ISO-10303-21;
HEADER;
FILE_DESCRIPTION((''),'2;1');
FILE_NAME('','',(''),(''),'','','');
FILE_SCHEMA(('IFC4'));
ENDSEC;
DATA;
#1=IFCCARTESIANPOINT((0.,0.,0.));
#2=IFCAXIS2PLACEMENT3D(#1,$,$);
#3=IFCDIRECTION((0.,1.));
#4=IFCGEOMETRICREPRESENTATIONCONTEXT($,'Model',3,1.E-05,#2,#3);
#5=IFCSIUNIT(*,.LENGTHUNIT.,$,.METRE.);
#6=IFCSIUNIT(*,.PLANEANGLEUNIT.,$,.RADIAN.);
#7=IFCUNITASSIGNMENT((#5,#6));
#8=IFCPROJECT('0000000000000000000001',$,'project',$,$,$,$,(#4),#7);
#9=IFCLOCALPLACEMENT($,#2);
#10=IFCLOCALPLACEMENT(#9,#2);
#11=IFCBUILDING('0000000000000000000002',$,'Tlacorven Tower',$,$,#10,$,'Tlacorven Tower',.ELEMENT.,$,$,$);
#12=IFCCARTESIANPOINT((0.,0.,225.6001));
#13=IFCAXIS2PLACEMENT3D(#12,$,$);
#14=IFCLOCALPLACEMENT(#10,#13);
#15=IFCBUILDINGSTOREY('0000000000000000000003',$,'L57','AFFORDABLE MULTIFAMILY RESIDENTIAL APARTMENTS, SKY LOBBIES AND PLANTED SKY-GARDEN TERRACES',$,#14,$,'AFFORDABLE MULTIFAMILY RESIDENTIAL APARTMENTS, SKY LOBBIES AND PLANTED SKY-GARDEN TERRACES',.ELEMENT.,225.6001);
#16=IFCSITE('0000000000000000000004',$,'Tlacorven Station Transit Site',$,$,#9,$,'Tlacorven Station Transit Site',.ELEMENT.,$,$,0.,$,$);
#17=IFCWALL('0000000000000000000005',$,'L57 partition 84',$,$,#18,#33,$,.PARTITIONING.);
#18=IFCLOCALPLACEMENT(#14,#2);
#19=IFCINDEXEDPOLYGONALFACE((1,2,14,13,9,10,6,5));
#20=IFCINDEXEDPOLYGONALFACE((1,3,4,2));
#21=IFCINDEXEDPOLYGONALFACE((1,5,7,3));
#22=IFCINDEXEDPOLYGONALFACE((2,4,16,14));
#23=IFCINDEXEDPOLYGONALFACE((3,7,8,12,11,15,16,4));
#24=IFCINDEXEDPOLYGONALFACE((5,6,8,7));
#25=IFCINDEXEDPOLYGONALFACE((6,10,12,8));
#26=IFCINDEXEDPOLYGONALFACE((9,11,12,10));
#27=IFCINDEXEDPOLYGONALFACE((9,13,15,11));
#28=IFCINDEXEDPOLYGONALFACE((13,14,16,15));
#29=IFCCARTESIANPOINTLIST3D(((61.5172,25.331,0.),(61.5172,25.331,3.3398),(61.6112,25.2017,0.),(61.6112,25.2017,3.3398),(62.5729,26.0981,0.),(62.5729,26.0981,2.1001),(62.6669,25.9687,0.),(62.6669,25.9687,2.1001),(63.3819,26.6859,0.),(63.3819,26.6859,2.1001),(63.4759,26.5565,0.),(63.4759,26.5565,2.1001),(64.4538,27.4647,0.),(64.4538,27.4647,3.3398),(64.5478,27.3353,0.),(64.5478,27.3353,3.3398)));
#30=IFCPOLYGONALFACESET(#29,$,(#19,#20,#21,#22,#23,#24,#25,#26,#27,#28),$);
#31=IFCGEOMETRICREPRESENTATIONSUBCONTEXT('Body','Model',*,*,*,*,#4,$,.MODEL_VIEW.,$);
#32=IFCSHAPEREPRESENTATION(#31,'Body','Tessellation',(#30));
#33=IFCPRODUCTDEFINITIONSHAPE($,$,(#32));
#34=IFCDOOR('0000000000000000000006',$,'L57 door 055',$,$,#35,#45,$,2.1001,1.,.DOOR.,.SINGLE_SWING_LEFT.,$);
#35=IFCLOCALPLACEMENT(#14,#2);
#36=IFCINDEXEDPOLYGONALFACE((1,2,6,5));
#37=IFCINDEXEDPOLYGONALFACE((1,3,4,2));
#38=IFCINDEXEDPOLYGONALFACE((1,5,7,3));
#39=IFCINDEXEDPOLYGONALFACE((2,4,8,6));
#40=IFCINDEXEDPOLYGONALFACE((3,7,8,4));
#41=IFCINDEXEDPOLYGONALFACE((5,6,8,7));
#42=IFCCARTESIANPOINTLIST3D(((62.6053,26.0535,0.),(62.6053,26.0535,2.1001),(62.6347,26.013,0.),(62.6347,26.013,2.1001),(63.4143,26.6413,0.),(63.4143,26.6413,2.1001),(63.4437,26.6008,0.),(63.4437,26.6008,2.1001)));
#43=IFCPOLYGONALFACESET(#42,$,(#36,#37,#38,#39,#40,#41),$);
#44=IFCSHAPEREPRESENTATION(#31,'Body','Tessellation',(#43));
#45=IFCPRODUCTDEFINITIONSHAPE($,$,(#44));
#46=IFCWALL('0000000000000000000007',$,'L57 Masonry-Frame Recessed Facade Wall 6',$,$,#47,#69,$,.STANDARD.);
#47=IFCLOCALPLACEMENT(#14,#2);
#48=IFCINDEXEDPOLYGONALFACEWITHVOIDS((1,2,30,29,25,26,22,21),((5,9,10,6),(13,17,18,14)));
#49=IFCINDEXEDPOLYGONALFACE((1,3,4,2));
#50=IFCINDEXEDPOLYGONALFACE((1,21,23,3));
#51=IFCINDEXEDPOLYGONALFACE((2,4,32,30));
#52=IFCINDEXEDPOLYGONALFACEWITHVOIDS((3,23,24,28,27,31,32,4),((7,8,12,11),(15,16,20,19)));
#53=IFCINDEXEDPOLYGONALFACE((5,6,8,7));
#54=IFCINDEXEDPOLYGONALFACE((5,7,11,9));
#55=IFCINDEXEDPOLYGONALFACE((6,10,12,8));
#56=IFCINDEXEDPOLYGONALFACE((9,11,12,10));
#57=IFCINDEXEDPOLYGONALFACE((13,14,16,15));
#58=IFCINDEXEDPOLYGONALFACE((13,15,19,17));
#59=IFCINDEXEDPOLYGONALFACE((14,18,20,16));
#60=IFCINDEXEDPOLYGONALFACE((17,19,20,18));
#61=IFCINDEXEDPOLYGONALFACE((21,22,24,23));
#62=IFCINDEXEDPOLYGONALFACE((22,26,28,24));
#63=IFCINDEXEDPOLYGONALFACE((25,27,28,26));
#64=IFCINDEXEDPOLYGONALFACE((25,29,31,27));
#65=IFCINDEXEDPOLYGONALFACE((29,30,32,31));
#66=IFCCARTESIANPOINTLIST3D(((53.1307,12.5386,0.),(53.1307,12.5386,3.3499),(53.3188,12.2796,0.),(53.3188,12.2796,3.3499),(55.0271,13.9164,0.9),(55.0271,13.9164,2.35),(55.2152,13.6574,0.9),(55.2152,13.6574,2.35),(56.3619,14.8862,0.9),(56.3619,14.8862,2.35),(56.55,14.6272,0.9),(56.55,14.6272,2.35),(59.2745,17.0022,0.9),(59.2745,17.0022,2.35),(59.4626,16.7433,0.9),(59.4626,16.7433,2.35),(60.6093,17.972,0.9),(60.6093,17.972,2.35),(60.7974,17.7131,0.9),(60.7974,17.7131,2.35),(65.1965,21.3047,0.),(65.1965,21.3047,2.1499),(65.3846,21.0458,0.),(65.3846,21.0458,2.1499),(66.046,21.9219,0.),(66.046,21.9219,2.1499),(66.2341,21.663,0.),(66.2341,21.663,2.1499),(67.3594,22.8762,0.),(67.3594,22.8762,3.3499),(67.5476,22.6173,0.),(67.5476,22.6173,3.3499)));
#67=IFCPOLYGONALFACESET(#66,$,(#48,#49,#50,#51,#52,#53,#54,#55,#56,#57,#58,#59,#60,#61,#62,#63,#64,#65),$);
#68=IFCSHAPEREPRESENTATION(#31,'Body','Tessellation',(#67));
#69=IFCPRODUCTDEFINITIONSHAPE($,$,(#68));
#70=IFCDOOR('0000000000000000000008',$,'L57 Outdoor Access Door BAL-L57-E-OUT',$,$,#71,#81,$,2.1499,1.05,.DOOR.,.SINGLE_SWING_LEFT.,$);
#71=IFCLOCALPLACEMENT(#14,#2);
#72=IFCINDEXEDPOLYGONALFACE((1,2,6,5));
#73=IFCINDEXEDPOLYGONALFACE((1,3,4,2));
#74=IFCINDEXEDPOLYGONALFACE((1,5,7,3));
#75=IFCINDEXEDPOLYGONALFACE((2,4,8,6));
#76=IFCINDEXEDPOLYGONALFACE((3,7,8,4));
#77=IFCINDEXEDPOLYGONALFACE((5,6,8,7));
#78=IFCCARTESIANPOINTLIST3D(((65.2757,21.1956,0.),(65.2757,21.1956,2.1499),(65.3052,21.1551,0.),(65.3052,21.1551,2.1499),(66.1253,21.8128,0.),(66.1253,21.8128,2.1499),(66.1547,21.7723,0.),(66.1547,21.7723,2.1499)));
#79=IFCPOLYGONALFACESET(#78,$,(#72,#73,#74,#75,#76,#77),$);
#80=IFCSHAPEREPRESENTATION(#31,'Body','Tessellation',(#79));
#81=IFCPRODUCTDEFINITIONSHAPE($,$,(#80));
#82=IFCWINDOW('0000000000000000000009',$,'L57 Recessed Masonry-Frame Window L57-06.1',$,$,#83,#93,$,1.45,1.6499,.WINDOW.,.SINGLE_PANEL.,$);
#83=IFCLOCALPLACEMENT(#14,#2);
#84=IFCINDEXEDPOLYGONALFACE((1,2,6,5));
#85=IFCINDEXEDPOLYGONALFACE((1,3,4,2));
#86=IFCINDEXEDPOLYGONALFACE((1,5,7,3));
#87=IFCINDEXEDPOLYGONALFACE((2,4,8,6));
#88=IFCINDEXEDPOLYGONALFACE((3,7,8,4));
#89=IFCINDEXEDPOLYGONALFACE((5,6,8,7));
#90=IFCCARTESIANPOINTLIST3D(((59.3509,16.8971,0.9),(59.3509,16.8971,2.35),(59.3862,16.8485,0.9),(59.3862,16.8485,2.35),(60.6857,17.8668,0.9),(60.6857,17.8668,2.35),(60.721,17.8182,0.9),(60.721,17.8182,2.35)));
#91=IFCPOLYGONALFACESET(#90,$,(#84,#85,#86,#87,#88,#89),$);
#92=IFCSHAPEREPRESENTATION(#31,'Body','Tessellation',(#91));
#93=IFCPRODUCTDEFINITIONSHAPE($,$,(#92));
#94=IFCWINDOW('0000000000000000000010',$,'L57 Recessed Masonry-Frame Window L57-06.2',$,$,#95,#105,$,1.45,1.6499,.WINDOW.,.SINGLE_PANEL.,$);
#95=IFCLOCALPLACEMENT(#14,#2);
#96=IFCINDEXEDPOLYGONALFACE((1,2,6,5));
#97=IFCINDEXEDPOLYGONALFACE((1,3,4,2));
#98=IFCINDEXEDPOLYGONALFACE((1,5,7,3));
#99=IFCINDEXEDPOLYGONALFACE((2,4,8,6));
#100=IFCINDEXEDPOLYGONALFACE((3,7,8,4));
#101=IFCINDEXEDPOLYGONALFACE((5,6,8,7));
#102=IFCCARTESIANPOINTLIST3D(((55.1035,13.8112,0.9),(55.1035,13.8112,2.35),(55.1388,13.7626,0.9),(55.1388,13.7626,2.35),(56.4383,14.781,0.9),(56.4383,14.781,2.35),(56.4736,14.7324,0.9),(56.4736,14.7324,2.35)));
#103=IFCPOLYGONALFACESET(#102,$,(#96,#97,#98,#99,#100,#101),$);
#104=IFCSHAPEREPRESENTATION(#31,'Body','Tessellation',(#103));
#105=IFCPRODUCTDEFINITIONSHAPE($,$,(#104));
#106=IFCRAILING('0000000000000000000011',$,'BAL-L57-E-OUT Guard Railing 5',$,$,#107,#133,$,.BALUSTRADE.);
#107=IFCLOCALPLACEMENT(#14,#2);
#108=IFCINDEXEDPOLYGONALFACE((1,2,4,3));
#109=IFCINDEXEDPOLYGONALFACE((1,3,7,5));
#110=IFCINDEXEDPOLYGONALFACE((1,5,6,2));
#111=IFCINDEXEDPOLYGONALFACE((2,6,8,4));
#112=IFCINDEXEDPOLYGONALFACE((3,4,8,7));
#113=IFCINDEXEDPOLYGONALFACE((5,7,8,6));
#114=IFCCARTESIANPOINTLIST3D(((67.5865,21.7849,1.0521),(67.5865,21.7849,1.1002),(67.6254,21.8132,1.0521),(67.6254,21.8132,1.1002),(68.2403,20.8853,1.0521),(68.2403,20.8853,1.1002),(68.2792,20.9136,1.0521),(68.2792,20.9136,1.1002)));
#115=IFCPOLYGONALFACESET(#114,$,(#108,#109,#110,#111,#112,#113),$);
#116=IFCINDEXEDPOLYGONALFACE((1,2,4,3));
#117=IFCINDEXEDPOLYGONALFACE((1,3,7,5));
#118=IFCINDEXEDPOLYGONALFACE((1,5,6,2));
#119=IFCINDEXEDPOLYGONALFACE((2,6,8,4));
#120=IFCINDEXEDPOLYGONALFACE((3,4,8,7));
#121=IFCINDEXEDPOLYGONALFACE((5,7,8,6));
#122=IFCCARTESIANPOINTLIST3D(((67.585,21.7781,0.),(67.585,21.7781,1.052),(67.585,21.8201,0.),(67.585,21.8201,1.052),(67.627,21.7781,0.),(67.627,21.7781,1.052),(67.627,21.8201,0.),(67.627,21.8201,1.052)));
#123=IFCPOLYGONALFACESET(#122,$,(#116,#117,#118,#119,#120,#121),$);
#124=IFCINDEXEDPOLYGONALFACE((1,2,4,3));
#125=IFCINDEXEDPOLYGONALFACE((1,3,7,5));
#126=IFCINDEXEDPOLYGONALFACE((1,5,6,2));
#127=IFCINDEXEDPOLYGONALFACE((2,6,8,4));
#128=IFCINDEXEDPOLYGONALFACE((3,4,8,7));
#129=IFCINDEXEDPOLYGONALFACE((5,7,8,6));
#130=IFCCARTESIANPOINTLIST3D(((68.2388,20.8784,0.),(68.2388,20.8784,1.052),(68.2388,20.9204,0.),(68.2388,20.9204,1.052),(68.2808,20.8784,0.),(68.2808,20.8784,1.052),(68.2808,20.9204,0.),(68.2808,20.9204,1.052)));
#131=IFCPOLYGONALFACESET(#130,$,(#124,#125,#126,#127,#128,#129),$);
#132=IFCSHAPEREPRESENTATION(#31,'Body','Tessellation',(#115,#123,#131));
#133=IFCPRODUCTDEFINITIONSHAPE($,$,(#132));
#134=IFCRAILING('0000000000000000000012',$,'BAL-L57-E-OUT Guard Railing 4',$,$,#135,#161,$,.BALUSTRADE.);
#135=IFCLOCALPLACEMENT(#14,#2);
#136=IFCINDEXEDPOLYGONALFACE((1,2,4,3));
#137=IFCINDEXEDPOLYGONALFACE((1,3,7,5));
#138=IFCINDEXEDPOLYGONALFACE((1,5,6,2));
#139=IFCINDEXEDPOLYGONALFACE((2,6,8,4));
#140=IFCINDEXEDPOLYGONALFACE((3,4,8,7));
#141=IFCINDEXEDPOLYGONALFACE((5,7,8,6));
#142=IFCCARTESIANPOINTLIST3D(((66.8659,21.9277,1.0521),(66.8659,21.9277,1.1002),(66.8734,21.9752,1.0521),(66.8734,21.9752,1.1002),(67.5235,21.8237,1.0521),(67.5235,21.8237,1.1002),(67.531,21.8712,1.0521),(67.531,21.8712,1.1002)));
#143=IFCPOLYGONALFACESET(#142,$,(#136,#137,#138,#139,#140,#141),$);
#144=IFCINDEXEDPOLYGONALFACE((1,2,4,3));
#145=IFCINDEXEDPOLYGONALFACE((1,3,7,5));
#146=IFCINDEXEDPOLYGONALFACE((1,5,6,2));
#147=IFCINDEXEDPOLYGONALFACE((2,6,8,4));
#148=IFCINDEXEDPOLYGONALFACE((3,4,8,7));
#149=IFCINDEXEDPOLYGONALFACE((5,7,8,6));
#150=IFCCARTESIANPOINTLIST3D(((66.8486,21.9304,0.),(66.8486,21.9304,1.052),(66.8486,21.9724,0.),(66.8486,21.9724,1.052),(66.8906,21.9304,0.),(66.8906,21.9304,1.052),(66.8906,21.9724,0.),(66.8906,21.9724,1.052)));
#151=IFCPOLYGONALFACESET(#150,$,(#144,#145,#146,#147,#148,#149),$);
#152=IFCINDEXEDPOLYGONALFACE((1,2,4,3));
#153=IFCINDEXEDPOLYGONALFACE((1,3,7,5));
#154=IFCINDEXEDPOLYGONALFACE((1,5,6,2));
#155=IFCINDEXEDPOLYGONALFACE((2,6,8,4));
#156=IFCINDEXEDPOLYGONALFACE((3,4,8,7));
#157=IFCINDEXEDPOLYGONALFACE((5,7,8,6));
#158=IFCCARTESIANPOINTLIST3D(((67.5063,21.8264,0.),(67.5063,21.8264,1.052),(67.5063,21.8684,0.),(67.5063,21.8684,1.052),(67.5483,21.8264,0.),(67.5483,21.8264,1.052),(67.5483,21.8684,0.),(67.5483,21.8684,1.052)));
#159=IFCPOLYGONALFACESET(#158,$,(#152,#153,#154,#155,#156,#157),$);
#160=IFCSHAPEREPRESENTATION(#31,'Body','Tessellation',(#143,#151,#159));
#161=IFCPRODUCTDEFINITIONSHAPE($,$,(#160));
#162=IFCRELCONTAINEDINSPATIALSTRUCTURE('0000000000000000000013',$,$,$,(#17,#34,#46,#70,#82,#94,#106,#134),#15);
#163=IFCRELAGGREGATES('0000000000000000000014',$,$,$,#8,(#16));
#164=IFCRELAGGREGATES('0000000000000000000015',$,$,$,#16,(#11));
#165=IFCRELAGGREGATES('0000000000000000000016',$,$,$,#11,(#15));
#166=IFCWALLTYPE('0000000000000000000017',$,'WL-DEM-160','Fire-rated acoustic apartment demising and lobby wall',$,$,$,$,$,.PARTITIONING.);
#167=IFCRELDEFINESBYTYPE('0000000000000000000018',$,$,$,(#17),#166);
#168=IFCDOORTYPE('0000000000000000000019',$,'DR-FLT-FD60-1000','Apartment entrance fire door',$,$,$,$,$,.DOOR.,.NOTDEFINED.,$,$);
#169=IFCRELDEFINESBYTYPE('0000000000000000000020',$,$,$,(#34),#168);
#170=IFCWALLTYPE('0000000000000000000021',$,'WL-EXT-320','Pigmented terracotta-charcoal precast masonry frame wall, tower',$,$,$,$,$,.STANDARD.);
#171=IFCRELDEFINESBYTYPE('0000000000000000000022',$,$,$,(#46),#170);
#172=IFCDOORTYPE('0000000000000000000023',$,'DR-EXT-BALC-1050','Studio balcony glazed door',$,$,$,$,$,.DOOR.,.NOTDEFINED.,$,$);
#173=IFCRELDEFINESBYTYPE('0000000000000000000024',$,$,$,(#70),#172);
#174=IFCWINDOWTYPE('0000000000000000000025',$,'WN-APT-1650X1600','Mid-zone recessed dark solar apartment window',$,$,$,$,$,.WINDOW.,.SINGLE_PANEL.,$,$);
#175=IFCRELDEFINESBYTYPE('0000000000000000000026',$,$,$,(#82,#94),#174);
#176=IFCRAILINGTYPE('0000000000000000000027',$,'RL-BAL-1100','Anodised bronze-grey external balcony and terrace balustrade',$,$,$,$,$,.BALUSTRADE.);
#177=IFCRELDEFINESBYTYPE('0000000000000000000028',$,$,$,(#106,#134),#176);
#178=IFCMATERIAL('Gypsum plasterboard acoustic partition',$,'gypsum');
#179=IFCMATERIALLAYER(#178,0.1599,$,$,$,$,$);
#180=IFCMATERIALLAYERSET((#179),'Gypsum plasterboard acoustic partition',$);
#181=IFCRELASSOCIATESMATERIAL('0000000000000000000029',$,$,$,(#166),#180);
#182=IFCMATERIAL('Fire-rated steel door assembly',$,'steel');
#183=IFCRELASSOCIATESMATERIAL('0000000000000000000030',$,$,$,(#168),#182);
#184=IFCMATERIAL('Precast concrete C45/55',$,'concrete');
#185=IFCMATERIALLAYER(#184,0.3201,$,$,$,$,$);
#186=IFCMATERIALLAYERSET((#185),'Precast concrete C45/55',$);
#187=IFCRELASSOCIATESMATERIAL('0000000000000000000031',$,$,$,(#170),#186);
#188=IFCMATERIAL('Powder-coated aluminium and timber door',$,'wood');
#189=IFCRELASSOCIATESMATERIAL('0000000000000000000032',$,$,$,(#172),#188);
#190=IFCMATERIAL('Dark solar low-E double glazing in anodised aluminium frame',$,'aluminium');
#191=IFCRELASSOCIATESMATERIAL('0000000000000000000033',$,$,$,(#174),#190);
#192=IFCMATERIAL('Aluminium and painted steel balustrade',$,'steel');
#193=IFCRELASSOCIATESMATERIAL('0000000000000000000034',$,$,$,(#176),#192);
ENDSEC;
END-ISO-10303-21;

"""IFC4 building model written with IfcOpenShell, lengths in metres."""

from ifc_helpers import new_model, si_unit, direction, frame, frame_2d, origin, origin_2d, place, context, subcontext, project, spatial, rectangle, extrude, source, transform, mapped, material, layer, layer_set, type_object, element, fill, save


model = new_model("IFC4")

# Units and contexts
model_context = context("Model", 3, precision=1e-05, world=origin(), true_north=direction((0.0, 1.0)))
body_context = subcontext(model_context, "Body", "Model", "MODEL_VIEW")
ifc_project = project(units=[si_unit("LENGTHUNIT", "METRE"), si_unit("PLANEANGLEUNIT", "RADIAN")], contexts=[model_context])

# Site, building, storey
site_placement = place(None, origin())
site = spatial("IfcSite", under=ifc_project, at=site_placement, Name="Tlacorven Station Transit Site", LongName="Tlacorven Station Transit Site", CompositionType="ELEMENT", RefElevation=0.0)
building_placement = place(site_placement, origin())
building = spatial("IfcBuilding", under=site, at=building_placement, Name="Tlacorven Tower", LongName="Tlacorven Tower", CompositionType="ELEMENT")
storey_placement = place(building_placement, frame((0.0, 0.0, 225.6001)))
storey = spatial("IfcBuildingStorey", under=building, at=storey_placement, Name="L57", Description="AFFORDABLE MULTIFAMILY RESIDENTIAL APARTMENTS, SKY LOBBIES AND PLANTED SKY-GARDEN TERRACES", LongName="AFFORDABLE MULTIFAMILY RESIDENTIAL APARTMENTS, SKY LOBBIES AND PLANTED SKY-GARDEN TERRACES", CompositionType="ELEMENT", Elevation=225.6001)

# Shared definitions
ifc_material_1 = material(Name="Gypsum plasterboard acoustic partition", Category="gypsum")
ifc_layer_1 = layer(ifc_material_1, 0.1599)
ifc_layer_set_1 = layer_set([ifc_layer_1], Name="Gypsum plasterboard acoustic partition")
wall_type_1 = type_object("IfcWallType", Name="WL-DEM-160", Description="Fire-rated acoustic apartment demising and lobby wall", PredefinedType="PARTITIONING", material=ifc_layer_set_1)
ifc_material_2 = material(Name="Fire-rated steel door assembly", Category="steel")
door_type_1 = type_object("IfcDoorType", Name="DR-FLT-FD60-1000", Description="Apartment entrance fire door", OperationType="NOTDEFINED", PredefinedType="DOOR", material=ifc_material_2)
shared_shape_1 = source(origin(), body_context, "Body", "SweptSolid", [
    extrude(rectangle(XDim=1.0, YDim=2.1001, at=frame_2d((0.5, 1.05))), frame((0.0, 0.0249, 0.0), z_axis=(0.0, -1.0, 0.0), x_axis=(1.0, 0.0, 0.0)), (0.0, 0.0, 1.0), 0.05),
])

# Wall, opening, door
wall_1_placement = place(storey_placement, frame((61.5642, 25.2664, 0.0), z_axis=(0.0, 0.0, 1.0), x_axis=(0.809012, 0.587792, 0.0)))
wall_1 = element("IfcWall", 1, at=wall_1_placement, inside=storey, type_object=wall_type_1, Name="L57 partition 84", PredefinedType="PARTITIONING", context=body_context, shape_type="SweptSolid", body=[
    extrude(rectangle(XDim=3.6299, YDim=0.1599, at=frame_2d((1.8149, 0.0))), origin(), (0.0, 0.0, 1.0), 3.3398),
])
opening_1_placement = place(wall_1_placement, frame((1.3049, 0.0, 0.0)))
opening_1 = element("IfcOpeningElement", 2, at=opening_1_placement, cuts=wall_1, PredefinedType="OPENING", context=body_context, shape_type="SweptSolid", body=[
    extrude(rectangle(XDim=1.0, YDim=2.1001, at=frame_2d((0.5, 1.05))), frame((0.0, 0.0898, 0.0), z_axis=(0.0, -1.0, 0.0), x_axis=(1.0, 0.0, 0.0)), (0.0, 0.0, 1.0), 0.1799),
])
door_1_placement = place(opening_1_placement, origin())
door_1 = element("IfcDoor", 3, at=door_1_placement, inside=storey, type_object=door_type_1, Name="L57 door 055", OperationType="SINGLE_SWING_LEFT", OverallHeight=2.1001, OverallWidth=1.0, PredefinedType="DOOR", context=body_context, shape_type="MappedRepresentation", body=[
    mapped(shared_shape_1, transform((0.0, 0.0, 0.0), scale=1.0)),
])
fill(opening_1, door_1)

# Wall, openings, door, windows
ifc_material_3 = material(Name="Precast concrete C45/55", Category="concrete")
ifc_layer_2 = layer(ifc_material_3, 0.3201)
ifc_layer_set_2 = layer_set([ifc_layer_2], Name="Precast concrete C45/55")
wall_type_2 = type_object("IfcWallType", Name="WL-EXT-320", Description="Pigmented terracotta-charcoal precast masonry frame wall, tower", PredefinedType="STANDARD", material=ifc_layer_set_2)
wall_2_placement = place(storey_placement, frame((67.4536, 22.7468, 0.0), z_axis=(0.0, 0.0, 1.0), x_axis=(-0.809021, -0.58778, 0.0)))
wall_2 = element("IfcWall", 4, at=wall_2_placement, inside=storey, type_object=wall_type_2, Name="L57 Masonry-Frame Recessed Facade Wall 6", PredefinedType="STANDARD", context=body_context, shape_type="SweptSolid", body=[
    extrude(rectangle(XDim=17.5876, YDim=0.3201, at=frame_2d((8.7939, 0.0))), origin(), (0.0, 0.0, 1.0), 3.3499),
])
opening_2_placement = place(wall_2_placement, frame((1.6238, 0.0, 0.0)))
opening_2 = element("IfcOpeningElement", 5, at=opening_2_placement, cuts=wall_2, PredefinedType="OPENING", context=body_context, shape_type="SweptSolid", body=[
    extrude(rectangle(XDim=1.05, YDim=2.1499, at=frame_2d((0.5249, 1.075))), frame((0.0, 0.1699, 0.0), z_axis=(0.0, -1.0, 0.0), x_axis=(1.0, 0.0, 0.0)), (0.0, 0.0, 1.0), 0.3401),
])
opening_3_placement = place(wall_2_placement, frame((8.3438, 0.0, 0.8999)))
opening_3 = element("IfcOpeningElement", 6, at=opening_3_placement, cuts=wall_2, PredefinedType="OPENING", context=body_context, shape_type="SweptSolid", body=[
    extrude(rectangle(XDim=1.6499, YDim=1.45, at=frame_2d((0.825, 0.7251))), frame((0.0, 0.1699, 0.0), z_axis=(0.0, -1.0, 0.0), x_axis=(1.0, 0.0, 0.0)), (0.0, 0.0, 1.0), 0.3401),
])
opening_4_placement = place(wall_2_placement, frame((13.5938, 0.0, 0.8999)))
opening_4 = element("IfcOpeningElement", 7, at=opening_4_placement, cuts=wall_2, PredefinedType="OPENING", context=body_context, shape_type="SweptSolid", body=[
    extrude(rectangle(XDim=1.6499, YDim=1.45, at=frame_2d((0.825, 0.7251))), frame((0.0, 0.1699, 0.0), z_axis=(0.0, -1.0, 0.0), x_axis=(1.0, 0.0, 0.0)), (0.0, 0.0, 1.0), 0.3401),
])
ifc_material_4 = material(Name="Powder-coated aluminium and timber door", Category="wood")
door_type_2 = type_object("IfcDoorType", Name="DR-EXT-BALC-1050", Description="Studio balcony glazed door", OperationType="NOTDEFINED", PredefinedType="DOOR", material=ifc_material_4)
shared_shape_2 = source(origin(), body_context, "Body", "SweptSolid", [
    extrude(rectangle(XDim=1.05, YDim=2.1499, at=frame_2d((0.5249, 1.075))), frame((0.0, 0.0249, 0.0), z_axis=(0.0, -1.0, 0.0), x_axis=(1.0, 0.0, 0.0)), (0.0, 0.0, 1.0), 0.05),
])
door_2_placement = place(opening_2_placement, origin())
door_2 = element("IfcDoor", 8, at=door_2_placement, inside=storey, type_object=door_type_2, Name="L57 Outdoor Access Door BAL-L57-E-OUT", OperationType="SINGLE_SWING_LEFT", OverallHeight=2.1499, OverallWidth=1.05, PredefinedType="DOOR", context=body_context, shape_type="MappedRepresentation", body=[
    mapped(shared_shape_2, transform((0.0, 0.0, 0.0), scale=1.0)),
])
fill(opening_2, door_2)
ifc_material_5 = material(Name="Dark solar low-E double glazing in anodised aluminium frame", Category="aluminium")
window_type = type_object("IfcWindowType", Name="WN-APT-1650X1600", Description="Mid-zone recessed dark solar apartment window", PartitioningType="SINGLE_PANEL", PredefinedType="WINDOW", material=ifc_material_5)
shared_shape_3 = source(origin(), body_context, "Body", "SweptSolid", [
    extrude(rectangle(XDim=1.6499, YDim=1.45, at=frame_2d((0.825, 0.7251))), frame((0.0, 0.03, 0.0), z_axis=(0.0, -1.0, 0.0), x_axis=(1.0, 0.0, 0.0)), (0.0, 0.0, 1.0), 0.0601),
])
window_1_placement = place(opening_3_placement, origin())
window_1 = element("IfcWindow", 9, at=window_1_placement, inside=storey, type_object=window_type, Name="L57 Recessed Masonry-Frame Window L57-06.1", OverallHeight=1.45, OverallWidth=1.6499, PartitioningType="SINGLE_PANEL", PredefinedType="WINDOW", context=body_context, shape_type="MappedRepresentation", body=[
    mapped(shared_shape_3, transform((0.0, 0.0, 0.0), scale=1.0)),
])
fill(opening_3, window_1)
window_2_placement = place(opening_4_placement, origin())
window_2 = element("IfcWindow", 10, at=window_2_placement, inside=storey, type_object=window_type, Name="L57 Recessed Masonry-Frame Window L57-06.2", OverallHeight=1.45, OverallWidth=1.6499, PartitioningType="SINGLE_PANEL", PredefinedType="WINDOW", context=body_context, shape_type="MappedRepresentation", body=[
    mapped(shared_shape_3, transform((0.0, 0.0, 0.0), scale=1.0)),
])
fill(opening_4, window_2)

# Railings
ifc_material_6 = material(Name="Aluminium and painted steel balustrade", Category="steel")
railing_type = type_object("IfcRailingType", Name="RL-BAL-1100", Description="Anodised bronze-grey external balcony and terrace balustrade", PredefinedType="BALUSTRADE", material=ifc_material_6)
shared_shape_4 = source(origin(), body_context, "Body", "SweptSolid", [
    extrude(rectangle(XDim=0.0481, YDim=0.0481, at=origin_2d()), frame((0.0, 0.0, 1.0762), z_axis=(0.587884, -0.808945, 0.0), x_axis=(0.808945, 0.587884, 0.0)), (0.0, 0.0, 1.0), 1.1121),
    extrude(rectangle(XDim=0.042, YDim=0.042, at=origin_2d()), origin(), (0.0, 0.0, 1.0), 1.052),
    extrude(rectangle(XDim=0.042, YDim=0.042, at=origin_2d()), frame((0.6538, -0.8997, 0.0)), (0.0, 0.0, 1.0), 1.052),
])
railing_1_placement = place(storey_placement, frame((67.606, 21.7991, 0.0)))
element("IfcRailing", 11, at=railing_1_placement, inside=storey, type_object=railing_type, Name="BAL-L57-E-OUT Guard Railing 5", PredefinedType="BALUSTRADE", context=body_context, shape_type="MappedRepresentation", body=[
    mapped(shared_shape_4, transform((0.0, 0.0, 0.0), scale=1.0)),
])
shared_shape_5 = source(origin(), body_context, "Body", "SweptSolid", [
    extrude(rectangle(XDim=0.0481, YDim=0.0481, at=origin_2d()), frame((0.0, 0.0, 1.0762), z_axis=(0.987727, -0.156188, 0.0), x_axis=(0.156188, 0.987727, 0.0)), (0.0, 0.0, 1.0), 0.6658),
    extrude(rectangle(XDim=0.042, YDim=0.042, at=origin_2d()), origin(), (0.0, 0.0, 1.0), 1.052),
    extrude(rectangle(XDim=0.042, YDim=0.042, at=origin_2d()), frame((0.6577, -0.104, 0.0)), (0.0, 0.0, 1.0), 1.052),
])
railing_2_placement = place(storey_placement, frame((66.8696, 21.9514, 0.0)))
element("IfcRailing", 12, at=railing_2_placement, inside=storey, type_object=railing_type, Name="BAL-L57-E-OUT Guard Railing 4", PredefinedType="BALUSTRADE", context=body_context, shape_type="MappedRepresentation", body=[
    mapped(shared_shape_5, transform((0.0, 0.0, 0.0), scale=1.0)),
])

save(model, "model.ifc")
